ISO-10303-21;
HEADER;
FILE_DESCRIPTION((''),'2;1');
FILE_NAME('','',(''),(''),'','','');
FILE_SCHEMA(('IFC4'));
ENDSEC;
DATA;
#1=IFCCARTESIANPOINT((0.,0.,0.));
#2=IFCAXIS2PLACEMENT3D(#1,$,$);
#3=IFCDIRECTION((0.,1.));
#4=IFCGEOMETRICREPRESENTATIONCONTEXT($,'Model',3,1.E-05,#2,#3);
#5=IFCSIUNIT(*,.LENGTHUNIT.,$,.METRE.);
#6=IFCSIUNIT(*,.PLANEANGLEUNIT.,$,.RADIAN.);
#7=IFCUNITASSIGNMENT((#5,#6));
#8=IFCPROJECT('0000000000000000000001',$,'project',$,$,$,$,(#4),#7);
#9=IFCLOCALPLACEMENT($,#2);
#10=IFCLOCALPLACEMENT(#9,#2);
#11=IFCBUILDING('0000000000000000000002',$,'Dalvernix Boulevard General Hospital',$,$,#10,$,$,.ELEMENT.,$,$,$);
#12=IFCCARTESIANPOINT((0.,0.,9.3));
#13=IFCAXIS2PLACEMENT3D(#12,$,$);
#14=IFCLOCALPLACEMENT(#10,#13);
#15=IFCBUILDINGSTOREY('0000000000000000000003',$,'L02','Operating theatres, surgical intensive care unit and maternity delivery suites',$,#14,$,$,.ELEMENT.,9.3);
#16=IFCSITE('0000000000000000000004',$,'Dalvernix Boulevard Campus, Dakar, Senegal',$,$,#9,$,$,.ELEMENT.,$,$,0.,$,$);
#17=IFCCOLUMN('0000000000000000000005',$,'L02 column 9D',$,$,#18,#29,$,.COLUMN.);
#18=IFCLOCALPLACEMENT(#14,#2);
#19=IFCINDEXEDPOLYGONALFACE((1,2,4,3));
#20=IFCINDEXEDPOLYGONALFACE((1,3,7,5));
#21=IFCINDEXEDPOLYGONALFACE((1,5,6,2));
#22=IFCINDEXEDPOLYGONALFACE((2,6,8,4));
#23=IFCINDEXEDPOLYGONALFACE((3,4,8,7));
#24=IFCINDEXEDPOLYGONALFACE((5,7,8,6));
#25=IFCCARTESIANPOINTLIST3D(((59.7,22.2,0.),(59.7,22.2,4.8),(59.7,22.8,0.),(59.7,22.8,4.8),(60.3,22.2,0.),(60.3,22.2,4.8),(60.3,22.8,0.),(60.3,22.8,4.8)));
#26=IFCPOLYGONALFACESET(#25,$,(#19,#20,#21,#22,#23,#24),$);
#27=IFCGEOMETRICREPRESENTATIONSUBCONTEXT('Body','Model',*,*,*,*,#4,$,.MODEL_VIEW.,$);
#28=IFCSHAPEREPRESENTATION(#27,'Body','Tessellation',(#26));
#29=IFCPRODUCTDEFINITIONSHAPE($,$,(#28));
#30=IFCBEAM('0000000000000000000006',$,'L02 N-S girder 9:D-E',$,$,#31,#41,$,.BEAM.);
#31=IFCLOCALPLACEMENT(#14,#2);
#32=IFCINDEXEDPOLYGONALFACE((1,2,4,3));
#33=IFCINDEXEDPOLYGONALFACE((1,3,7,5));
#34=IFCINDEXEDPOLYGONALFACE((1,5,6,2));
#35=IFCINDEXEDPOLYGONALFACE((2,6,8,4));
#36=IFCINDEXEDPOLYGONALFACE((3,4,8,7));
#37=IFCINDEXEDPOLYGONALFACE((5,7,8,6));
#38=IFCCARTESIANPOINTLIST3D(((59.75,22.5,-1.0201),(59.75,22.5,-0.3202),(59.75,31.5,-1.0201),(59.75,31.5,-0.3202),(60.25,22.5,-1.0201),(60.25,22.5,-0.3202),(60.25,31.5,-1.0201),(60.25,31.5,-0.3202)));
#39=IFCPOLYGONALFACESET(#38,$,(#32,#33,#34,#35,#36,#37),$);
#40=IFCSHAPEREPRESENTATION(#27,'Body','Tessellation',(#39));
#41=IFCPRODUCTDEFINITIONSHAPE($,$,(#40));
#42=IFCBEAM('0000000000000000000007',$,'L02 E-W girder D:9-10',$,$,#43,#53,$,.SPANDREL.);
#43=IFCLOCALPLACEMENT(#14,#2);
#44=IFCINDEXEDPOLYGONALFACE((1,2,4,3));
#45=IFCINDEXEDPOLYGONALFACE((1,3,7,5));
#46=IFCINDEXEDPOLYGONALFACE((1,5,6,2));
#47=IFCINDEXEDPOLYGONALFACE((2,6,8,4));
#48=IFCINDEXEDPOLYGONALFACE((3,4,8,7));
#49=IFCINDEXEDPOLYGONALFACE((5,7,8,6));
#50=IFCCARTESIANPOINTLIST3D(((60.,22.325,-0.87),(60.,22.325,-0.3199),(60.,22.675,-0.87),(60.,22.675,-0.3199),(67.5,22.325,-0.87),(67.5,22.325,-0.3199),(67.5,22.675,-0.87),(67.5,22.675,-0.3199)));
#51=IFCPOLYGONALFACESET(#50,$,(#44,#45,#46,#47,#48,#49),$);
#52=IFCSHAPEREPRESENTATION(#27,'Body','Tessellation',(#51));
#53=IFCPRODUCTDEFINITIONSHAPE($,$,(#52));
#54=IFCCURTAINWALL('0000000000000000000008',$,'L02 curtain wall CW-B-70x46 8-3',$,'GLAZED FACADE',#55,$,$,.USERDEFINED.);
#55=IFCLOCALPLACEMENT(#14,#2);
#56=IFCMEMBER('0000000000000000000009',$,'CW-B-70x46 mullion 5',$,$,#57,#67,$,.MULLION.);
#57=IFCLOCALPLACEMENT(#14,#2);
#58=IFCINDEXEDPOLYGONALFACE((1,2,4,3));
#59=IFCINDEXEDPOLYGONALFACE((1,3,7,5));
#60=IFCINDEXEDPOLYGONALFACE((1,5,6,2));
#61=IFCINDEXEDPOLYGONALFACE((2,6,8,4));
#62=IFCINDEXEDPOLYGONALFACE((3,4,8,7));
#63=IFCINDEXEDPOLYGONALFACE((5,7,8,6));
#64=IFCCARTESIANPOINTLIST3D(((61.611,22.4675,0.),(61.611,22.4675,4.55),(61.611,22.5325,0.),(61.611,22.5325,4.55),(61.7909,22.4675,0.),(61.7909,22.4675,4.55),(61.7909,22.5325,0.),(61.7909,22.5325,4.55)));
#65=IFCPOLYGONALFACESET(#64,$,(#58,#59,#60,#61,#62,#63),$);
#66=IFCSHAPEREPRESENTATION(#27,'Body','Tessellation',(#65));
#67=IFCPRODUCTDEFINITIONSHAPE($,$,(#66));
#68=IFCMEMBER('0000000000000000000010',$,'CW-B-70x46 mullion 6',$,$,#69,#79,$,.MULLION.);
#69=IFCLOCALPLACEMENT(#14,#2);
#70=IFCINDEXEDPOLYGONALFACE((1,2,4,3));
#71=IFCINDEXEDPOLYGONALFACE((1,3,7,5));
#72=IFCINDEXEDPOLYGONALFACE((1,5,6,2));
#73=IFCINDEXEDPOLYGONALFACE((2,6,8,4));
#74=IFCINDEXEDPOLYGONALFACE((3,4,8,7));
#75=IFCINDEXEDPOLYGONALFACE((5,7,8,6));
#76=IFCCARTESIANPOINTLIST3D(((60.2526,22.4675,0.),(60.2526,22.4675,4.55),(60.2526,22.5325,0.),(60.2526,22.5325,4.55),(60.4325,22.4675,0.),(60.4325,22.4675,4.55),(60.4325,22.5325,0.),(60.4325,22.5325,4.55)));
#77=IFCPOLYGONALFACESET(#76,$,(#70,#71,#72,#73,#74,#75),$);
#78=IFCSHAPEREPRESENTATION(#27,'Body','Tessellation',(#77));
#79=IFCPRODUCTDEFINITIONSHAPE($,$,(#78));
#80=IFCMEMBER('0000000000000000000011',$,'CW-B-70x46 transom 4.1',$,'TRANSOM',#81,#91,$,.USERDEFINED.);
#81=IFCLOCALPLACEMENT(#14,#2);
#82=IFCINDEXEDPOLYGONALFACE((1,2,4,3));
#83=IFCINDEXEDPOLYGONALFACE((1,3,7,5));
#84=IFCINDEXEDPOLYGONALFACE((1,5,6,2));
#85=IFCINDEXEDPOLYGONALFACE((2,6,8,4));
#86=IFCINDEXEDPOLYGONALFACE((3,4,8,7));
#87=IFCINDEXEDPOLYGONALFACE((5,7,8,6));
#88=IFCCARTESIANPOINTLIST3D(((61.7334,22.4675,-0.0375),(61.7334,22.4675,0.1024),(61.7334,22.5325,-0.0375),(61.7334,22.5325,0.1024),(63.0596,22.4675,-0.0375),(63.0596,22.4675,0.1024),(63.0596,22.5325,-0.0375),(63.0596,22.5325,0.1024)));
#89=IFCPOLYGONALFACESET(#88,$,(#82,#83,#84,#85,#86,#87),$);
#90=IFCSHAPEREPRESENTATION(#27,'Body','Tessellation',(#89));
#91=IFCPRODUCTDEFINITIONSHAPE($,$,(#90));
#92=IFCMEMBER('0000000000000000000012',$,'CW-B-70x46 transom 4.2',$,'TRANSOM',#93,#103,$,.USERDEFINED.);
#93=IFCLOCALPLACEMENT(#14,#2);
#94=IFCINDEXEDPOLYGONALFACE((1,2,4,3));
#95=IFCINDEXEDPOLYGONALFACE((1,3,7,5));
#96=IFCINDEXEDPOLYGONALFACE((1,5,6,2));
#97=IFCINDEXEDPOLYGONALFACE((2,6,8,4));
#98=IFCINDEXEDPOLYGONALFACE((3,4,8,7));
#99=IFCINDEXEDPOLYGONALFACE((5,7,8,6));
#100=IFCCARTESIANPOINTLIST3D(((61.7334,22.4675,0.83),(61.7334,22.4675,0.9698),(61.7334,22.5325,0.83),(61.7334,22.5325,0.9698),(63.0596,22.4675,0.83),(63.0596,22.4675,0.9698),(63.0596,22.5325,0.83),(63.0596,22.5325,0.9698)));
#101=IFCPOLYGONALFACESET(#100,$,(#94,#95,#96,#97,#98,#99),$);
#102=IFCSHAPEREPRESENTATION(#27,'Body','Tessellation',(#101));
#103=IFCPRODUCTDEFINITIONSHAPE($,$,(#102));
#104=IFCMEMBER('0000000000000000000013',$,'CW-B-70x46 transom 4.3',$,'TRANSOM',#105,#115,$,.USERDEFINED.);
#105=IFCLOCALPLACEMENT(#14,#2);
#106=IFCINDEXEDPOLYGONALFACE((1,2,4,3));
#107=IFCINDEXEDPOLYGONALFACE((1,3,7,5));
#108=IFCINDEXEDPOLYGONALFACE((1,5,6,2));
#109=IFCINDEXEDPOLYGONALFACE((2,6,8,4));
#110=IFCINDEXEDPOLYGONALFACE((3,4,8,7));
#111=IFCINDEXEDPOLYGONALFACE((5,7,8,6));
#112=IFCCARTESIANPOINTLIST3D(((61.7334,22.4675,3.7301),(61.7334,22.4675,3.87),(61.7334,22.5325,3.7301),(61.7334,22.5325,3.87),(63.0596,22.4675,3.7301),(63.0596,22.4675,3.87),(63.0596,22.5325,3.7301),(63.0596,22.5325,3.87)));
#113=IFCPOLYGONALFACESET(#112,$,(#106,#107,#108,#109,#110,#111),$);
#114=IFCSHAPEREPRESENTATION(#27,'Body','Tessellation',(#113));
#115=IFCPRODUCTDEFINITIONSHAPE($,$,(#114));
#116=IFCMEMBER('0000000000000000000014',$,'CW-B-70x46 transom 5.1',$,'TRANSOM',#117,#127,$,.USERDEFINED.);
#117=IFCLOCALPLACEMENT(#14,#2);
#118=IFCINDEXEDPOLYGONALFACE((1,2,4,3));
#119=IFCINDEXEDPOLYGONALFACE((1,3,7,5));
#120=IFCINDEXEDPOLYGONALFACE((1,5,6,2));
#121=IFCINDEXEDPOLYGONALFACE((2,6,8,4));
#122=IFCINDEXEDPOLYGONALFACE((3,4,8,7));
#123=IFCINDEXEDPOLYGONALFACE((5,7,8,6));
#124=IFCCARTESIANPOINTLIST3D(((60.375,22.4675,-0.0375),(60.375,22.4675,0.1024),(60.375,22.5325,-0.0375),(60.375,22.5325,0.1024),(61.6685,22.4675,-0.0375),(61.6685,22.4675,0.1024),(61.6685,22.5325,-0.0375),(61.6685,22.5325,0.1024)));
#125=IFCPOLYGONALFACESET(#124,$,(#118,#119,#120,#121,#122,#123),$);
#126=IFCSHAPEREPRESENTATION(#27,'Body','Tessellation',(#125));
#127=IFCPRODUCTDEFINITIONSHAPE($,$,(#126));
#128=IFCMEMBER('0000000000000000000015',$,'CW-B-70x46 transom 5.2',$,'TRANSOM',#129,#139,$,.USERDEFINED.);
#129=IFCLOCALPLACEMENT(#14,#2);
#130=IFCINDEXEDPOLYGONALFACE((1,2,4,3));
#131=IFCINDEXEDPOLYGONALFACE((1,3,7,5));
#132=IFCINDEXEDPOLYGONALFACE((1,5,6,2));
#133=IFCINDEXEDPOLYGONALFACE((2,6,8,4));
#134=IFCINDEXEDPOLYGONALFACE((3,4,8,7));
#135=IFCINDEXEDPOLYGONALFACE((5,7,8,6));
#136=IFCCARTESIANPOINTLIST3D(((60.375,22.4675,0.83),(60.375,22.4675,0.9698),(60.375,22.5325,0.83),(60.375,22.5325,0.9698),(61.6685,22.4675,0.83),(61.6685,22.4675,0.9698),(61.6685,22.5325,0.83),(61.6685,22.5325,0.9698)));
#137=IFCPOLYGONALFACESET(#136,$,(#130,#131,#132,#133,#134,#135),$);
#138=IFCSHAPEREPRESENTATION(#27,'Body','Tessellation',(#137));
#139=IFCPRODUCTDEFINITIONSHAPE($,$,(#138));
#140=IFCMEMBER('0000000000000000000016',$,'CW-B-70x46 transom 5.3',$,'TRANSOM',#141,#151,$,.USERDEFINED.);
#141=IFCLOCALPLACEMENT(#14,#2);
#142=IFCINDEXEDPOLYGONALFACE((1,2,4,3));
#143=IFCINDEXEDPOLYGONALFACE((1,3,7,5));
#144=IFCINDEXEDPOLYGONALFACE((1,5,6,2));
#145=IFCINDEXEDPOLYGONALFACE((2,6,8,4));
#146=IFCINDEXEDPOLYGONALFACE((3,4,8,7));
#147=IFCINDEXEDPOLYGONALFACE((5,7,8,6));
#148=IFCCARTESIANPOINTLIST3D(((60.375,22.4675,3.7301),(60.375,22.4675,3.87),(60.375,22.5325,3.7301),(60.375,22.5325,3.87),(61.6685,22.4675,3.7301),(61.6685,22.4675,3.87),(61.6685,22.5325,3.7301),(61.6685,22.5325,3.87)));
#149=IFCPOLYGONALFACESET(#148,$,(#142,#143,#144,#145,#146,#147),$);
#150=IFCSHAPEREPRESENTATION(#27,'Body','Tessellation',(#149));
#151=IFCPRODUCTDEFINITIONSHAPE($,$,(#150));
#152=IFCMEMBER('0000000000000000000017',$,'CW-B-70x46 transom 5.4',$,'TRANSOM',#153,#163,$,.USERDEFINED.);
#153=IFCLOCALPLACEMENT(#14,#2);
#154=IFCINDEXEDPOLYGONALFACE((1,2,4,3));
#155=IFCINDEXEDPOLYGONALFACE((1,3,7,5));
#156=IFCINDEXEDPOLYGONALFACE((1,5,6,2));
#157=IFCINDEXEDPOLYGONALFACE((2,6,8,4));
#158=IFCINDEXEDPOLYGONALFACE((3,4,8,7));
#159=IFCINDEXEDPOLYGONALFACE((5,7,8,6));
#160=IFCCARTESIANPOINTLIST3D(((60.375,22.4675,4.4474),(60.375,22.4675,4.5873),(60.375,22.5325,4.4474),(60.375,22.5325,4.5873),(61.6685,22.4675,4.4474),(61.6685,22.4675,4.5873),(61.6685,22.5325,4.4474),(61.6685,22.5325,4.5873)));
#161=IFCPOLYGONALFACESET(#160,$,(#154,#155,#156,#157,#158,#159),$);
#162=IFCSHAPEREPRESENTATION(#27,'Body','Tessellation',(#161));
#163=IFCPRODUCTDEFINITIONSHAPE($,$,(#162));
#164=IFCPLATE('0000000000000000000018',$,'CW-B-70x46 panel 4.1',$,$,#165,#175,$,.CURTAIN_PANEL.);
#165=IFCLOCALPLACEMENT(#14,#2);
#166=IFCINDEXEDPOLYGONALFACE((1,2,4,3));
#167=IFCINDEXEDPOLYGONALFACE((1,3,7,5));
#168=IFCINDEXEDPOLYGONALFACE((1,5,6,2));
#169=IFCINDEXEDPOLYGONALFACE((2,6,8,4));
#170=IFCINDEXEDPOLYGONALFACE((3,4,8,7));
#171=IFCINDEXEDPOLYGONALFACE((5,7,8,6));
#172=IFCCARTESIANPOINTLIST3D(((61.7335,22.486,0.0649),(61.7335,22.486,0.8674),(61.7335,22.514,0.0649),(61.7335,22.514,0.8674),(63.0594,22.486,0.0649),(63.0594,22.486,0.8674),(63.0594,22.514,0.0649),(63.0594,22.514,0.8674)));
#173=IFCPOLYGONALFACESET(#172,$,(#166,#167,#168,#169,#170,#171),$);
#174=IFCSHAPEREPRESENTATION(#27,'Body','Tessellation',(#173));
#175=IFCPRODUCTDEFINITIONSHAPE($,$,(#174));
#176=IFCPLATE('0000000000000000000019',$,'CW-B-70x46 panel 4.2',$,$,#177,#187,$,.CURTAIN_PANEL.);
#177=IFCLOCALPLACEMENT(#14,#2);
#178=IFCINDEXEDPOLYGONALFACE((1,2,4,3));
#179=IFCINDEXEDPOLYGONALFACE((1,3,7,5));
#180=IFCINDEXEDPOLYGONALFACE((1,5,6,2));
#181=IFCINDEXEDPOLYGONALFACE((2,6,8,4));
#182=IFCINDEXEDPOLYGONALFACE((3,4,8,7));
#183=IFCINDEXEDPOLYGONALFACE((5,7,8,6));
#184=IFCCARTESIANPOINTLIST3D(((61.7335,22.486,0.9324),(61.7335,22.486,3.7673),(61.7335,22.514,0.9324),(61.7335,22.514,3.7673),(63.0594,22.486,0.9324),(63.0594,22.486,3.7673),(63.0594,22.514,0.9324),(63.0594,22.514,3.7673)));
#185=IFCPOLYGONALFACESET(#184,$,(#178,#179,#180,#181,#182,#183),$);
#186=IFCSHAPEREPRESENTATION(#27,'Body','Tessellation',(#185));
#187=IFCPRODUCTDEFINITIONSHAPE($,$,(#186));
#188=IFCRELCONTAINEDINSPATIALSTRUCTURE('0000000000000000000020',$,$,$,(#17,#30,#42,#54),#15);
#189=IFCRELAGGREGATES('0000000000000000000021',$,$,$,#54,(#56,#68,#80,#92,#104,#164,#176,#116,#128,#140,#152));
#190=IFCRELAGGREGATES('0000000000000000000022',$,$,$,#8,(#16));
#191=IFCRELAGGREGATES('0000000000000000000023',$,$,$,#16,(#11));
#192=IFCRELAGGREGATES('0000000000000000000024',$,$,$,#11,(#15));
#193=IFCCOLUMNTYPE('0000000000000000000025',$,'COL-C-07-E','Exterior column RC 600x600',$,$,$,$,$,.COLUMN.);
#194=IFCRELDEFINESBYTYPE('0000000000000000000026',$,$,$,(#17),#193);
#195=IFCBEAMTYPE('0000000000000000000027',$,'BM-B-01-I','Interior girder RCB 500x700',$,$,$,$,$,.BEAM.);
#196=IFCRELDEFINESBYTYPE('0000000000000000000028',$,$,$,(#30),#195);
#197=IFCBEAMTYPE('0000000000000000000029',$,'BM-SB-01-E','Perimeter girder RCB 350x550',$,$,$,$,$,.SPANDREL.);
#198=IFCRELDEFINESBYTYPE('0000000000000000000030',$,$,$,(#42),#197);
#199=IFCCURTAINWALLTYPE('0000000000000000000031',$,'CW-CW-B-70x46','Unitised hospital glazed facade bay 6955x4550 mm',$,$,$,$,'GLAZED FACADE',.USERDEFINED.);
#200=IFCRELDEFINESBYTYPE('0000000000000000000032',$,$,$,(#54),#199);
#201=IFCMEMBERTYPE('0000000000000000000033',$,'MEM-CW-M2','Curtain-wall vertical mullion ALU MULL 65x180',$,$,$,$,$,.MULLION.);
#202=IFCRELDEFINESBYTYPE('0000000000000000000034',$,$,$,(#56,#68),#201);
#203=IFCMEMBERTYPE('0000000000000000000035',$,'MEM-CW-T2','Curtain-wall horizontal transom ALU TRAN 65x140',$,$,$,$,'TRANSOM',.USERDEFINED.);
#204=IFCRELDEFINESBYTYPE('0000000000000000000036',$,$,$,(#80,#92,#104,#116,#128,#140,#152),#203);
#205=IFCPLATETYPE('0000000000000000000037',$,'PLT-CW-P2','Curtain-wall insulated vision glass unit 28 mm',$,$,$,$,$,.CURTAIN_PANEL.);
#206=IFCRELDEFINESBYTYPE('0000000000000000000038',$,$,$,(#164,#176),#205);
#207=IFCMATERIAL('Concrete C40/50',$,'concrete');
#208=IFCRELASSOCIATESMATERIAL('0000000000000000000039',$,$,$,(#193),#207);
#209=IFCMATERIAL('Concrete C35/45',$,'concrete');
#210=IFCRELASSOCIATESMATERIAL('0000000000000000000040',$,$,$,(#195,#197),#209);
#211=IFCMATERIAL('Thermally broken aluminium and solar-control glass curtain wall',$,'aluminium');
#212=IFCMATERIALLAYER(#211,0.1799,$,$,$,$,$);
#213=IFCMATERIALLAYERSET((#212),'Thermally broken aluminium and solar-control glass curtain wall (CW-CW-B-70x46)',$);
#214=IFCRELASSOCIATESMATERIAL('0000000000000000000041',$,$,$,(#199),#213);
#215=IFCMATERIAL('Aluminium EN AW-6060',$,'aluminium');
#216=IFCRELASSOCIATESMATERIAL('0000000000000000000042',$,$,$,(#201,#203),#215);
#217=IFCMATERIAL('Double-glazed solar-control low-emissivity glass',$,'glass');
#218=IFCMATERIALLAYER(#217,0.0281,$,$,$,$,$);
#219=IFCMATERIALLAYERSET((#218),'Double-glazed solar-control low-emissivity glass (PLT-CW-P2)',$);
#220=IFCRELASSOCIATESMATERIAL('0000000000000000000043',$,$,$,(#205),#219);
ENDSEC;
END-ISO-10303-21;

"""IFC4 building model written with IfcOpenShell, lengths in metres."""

from ifc_helpers import new_model, si_unit, direction, frame, origin, origin_2d, place, context, subcontext, project, spatial, rectangle, extrude, material, layer, layer_set, material_profile, profile_set, type_object, element, aggregate, save


model = new_model("IFC4")

# Units and contexts
model_context = context("Model", 3, precision=1e-05, world=origin(), true_north=direction((0.0, 1.0)))
body_context = subcontext(model_context, "Body", "Model", "MODEL_VIEW")
ifc_project = project(units=[si_unit("LENGTHUNIT", "METRE"), si_unit("PLANEANGLEUNIT", "RADIAN")], contexts=[model_context])

# Site, building, storey
site_placement = place(None, origin())
site = spatial("IfcSite", under=ifc_project, at=site_placement, Name="Dalvernix Boulevard Campus, Dakar, Senegal", CompositionType="ELEMENT", RefElevation=0.0)
building_placement = place(site_placement, origin())
building = spatial("IfcBuilding", under=site, at=building_placement, Name="Dalvernix Boulevard General Hospital", CompositionType="ELEMENT")
storey_placement = place(building_placement, frame((0.0, 0.0, 9.3)))
storey = spatial("IfcBuildingStorey", under=building, at=storey_placement, Name="L02", Description="Operating theatres, surgical intensive care unit and maternity delivery suites", CompositionType="ELEMENT", Elevation=9.3)

# Column
ifc_material_1 = material(Name="Concrete C40/50", Category="concrete")
ifc_material_profile_1 = material_profile(ifc_material_1, rectangle(XDim=0.6001, YDim=0.6001, at=origin_2d()), Name="RC 600x600")
ifc_profile_set_1 = profile_set([ifc_material_profile_1], Name="Concrete C40/50")
column_type = type_object("IfcColumnType", Name="COL-C-07-E", Description="Exterior column RC 600x600", PredefinedType="COLUMN", material=ifc_profile_set_1)
column_placement = place(storey_placement, frame((60.0, 22.5, 0.0), z_axis=(0.0, 0.0, 1.0), x_axis=(1.0, 0.0, 0.0)))
element("IfcColumn", 1, at=column_placement, inside=storey, type_object=column_type, Name="L02 column 9D", PredefinedType="COLUMN", context=body_context, shape_type="SweptSolid", body=[
    extrude(rectangle(XDim=0.6001, YDim=0.6001, at=origin_2d()), origin(), (0.0, 0.0, 1.0), 4.8),
])

# Beams
ifc_material_2 = material(Name="Concrete C35/45", Category="concrete")
ifc_material_profile_2 = material_profile(ifc_material_2, rectangle(XDim=0.5, YDim=0.7, at=origin_2d()), Name="RCB 500x700")
ifc_profile_set_2 = profile_set([ifc_material_profile_2], Name="Concrete C35/45")
beam_type_1 = type_object("IfcBeamType", Name="BM-B-01-I", Description="Interior girder RCB 500x700", PredefinedType="BEAM", material=ifc_profile_set_2)
beam_1_placement = place(storey_placement, frame((60.0, 22.5, -0.6702), z_axis=(0.0, 1.0, 0.0), x_axis=(-1.0, 0.0, 0.0)))
element("IfcBeam", 2, at=beam_1_placement, inside=storey, type_object=beam_type_1, Name="L02 N-S girder 9:D-E", PredefinedType="BEAM", context=body_context, shape_type="SweptSolid", body=[
    extrude(rectangle(XDim=0.5, YDim=0.7, at=origin_2d()), origin(), (0.0, 0.0, 1.0), 9.0),
])
ifc_material_profile_3 = material_profile(ifc_material_2, rectangle(XDim=0.3501, YDim=0.55, at=origin_2d()), Name="RCB 350x550")
ifc_profile_set_3 = profile_set([ifc_material_profile_3], Name="Concrete C35/45")
beam_type_2 = type_object("IfcBeamType", Name="BM-SB-01-E", Description="Perimeter girder RCB 350x550", PredefinedType="SPANDREL", material=ifc_profile_set_3)
beam_2_placement = place(storey_placement, frame((60.0, 22.5, -0.595), z_axis=(1.0, 0.0, 0.0), x_axis=(0.0, 1.0, 0.0)))
element("IfcBeam", 3, at=beam_2_placement, inside=storey, type_object=beam_type_2, Name="L02 E-W girder D:9-10", PredefinedType="SPANDREL", context=body_context, shape_type="SweptSolid", body=[
    extrude(rectangle(XDim=0.3501, YDim=0.55, at=origin_2d()), origin(), (0.0, 0.0, 1.0), 7.5),
])

# Curtain wall, members, plates
ifc_material_3 = material(Name="Thermally broken aluminium and solar-control glass curtain wall", Category="aluminium")
ifc_layer_1 = layer(ifc_material_3, 0.1799)
ifc_layer_set_1 = layer_set([ifc_layer_1], Name="Thermally broken aluminium and solar-control glass curtain wall (CW-CW-B-70x46)")
curtain_wall_type = type_object("IfcCurtainWallType", Name="CW-CW-B-70x46", Description="Unitised hospital glazed facade bay 6955x4550 mm", ElementType="GLAZED FACADE", PredefinedType="USERDEFINED", material=ifc_layer_set_1)
curtain_wall_placement = place(storey_placement, origin())
curtain_wall = element("IfcCurtainWall", 4, at=curtain_wall_placement, inside=storey, type_object=curtain_wall_type, Name="L02 curtain wall CW-B-70x46 8-3", ObjectType="GLAZED FACADE", PredefinedType="USERDEFINED")
ifc_material_4 = material(Name="Aluminium EN AW-6060", Category="aluminium")
ifc_material_profile_4 = material_profile(ifc_material_4, rectangle(XDim=0.0649, YDim=0.1799, at=origin_2d()), Name="ALU MULL 65x180")
ifc_profile_set_4 = profile_set([ifc_material_profile_4], Name="Aluminium EN AW-6060")
member_type_1 = type_object("IfcMemberType", Name="MEM-CW-M2", Description="Curtain-wall vertical mullion ALU MULL 65x180", PredefinedType="MULLION", material=ifc_profile_set_4)
member_1_placement = place(storey_placement, frame((61.7009, 22.5, 0.0), z_axis=(0.0, 0.0, 1.0), x_axis=(0.0, -1.0, 0.0)))
member_1 = element("IfcMember", 5, at=member_1_placement, type_object=member_type_1, Name="CW-B-70x46 mullion 5", PredefinedType="MULLION", context=body_context, shape_type="SweptSolid", body=[
    extrude(rectangle(XDim=0.0649, YDim=0.1799, at=origin_2d()), origin(), (0.0, 0.0, 1.0), 4.55),
])
member_2_placement = place(storey_placement, frame((60.3425, 22.5, 0.0), z_axis=(0.0, 0.0, 1.0), x_axis=(0.0, -1.0, 0.0)))
member_2 = element("IfcMember", 6, at=member_2_placement, type_object=member_type_1, Name="CW-B-70x46 mullion 6", PredefinedType="MULLION", context=body_context, shape_type="SweptSolid", body=[
    extrude(rectangle(XDim=0.0649, YDim=0.1799, at=origin_2d()), origin(), (0.0, 0.0, 1.0), 4.55),
])
ifc_material_profile_5 = material_profile(ifc_material_4, rectangle(XDim=0.0649, YDim=0.1399, at=origin_2d()), Name="ALU TRAN 65x140")
ifc_profile_set_5 = profile_set([ifc_material_profile_5], Name="Aluminium EN AW-6060")
member_type_2 = type_object("IfcMemberType", Name="MEM-CW-T2", Description="Curtain-wall horizontal transom ALU TRAN 65x140", ElementType="TRANSOM", PredefinedType="USERDEFINED", material=ifc_profile_set_5)
member_3_placement = place(storey_placement, frame((63.0596, 22.5, 0.0325), z_axis=(-1.0, 0.0, 0.0), x_axis=(0.0, -1.0, 0.0)))
member_3 = element("IfcMember", 7, at=member_3_placement, type_object=member_type_2, Name="CW-B-70x46 transom 4.1", ObjectType="TRANSOM", PredefinedType="USERDEFINED", context=body_context, shape_type="SweptSolid", body=[
    extrude(rectangle(XDim=0.0649, YDim=0.1399, at=origin_2d()), origin(), (0.0, 0.0, 1.0), 1.3262),
])
member_4_placement = place(storey_placement, frame((63.0596, 22.5, 0.8999), z_axis=(-1.0, 0.0, 0.0), x_axis=(0.0, -1.0, 0.0)))
member_4 = element("IfcMember", 8, at=member_4_placement, type_object=member_type_2, Name="CW-B-70x46 transom 4.2", ObjectType="TRANSOM", PredefinedType="USERDEFINED", context=body_context, shape_type="SweptSolid", body=[
    extrude(rectangle(XDim=0.0649, YDim=0.1399, at=origin_2d()), origin(), (0.0, 0.0, 1.0), 1.3262),
])
member_5_placement = place(storey_placement, frame((63.0596, 22.5, 3.8), z_axis=(-1.0, 0.0, 0.0), x_axis=(0.0, -1.0, 0.0)))
member_5 = element("IfcMember", 9, at=member_5_placement, type_object=member_type_2, Name="CW-B-70x46 transom 4.3", ObjectType="TRANSOM", PredefinedType="USERDEFINED", context=body_context, shape_type="SweptSolid", body=[
    extrude(rectangle(XDim=0.0649, YDim=0.1399, at=origin_2d()), origin(), (0.0, 0.0, 1.0), 1.3262),
])
member_6_placement = place(storey_placement, frame((61.6685, 22.5, 0.0325), z_axis=(-1.0, 0.0, 0.0), x_axis=(0.0, -1.0, 0.0)))
member_6 = element("IfcMember", 10, at=member_6_placement, type_object=member_type_2, Name="CW-B-70x46 transom 5.1", ObjectType="TRANSOM", PredefinedType="USERDEFINED", context=body_context, shape_type="SweptSolid", body=[
    extrude(rectangle(XDim=0.0649, YDim=0.1399, at=origin_2d()), origin(), (0.0, 0.0, 1.0), 1.2935),
])
member_7_placement = place(storey_placement, frame((61.6685, 22.5, 0.8999), z_axis=(-1.0, 0.0, 0.0), x_axis=(0.0, -1.0, 0.0)))
member_7 = element("IfcMember", 11, at=member_7_placement, type_object=member_type_2, Name="CW-B-70x46 transom 5.2", ObjectType="TRANSOM", PredefinedType="USERDEFINED", context=body_context, shape_type="SweptSolid", body=[
    extrude(rectangle(XDim=0.0649, YDim=0.1399, at=origin_2d()), origin(), (0.0, 0.0, 1.0), 1.2935),
])
member_8_placement = place(storey_placement, frame((61.6685, 22.5, 3.8), z_axis=(-1.0, 0.0, 0.0), x_axis=(0.0, -1.0, 0.0)))
member_8 = element("IfcMember", 12, at=member_8_placement, type_object=member_type_2, Name="CW-B-70x46 transom 5.3", ObjectType="TRANSOM", PredefinedType="USERDEFINED", context=body_context, shape_type="SweptSolid", body=[
    extrude(rectangle(XDim=0.0649, YDim=0.1399, at=origin_2d()), origin(), (0.0, 0.0, 1.0), 1.2935),
])
member_9_placement = place(storey_placement, frame((61.6685, 22.5, 4.5173), z_axis=(-1.0, 0.0, 0.0), x_axis=(0.0, -1.0, 0.0)))
member_9 = element("IfcMember", 13, at=member_9_placement, type_object=member_type_2, Name="CW-B-70x46 transom 5.4", ObjectType="TRANSOM", PredefinedType="USERDEFINED", context=body_context, shape_type="SweptSolid", body=[
    extrude(rectangle(XDim=0.0649, YDim=0.1399, at=origin_2d()), origin(), (0.0, 0.0, 1.0), 1.2935),
])
ifc_material_5 = material(Name="Double-glazed solar-control low-emissivity glass", Category="glass")
ifc_layer_2 = layer(ifc_material_5, 0.0281)
ifc_layer_set_2 = layer_set([ifc_layer_2], Name="Double-glazed solar-control low-emissivity glass (PLT-CW-P2)")
plate_type = type_object("IfcPlateType", Name="PLT-CW-P2", Description="Curtain-wall insulated vision glass unit 28 mm", PredefinedType="CURTAIN_PANEL", material=ifc_layer_set_2)
plate_1_placement = place(storey_placement, frame((62.3965, 22.5, 0.0649), z_axis=(0.0, 0.0, 1.0), x_axis=(-1.0, 0.0, 0.0)))
plate_1 = element("IfcPlate", 14, at=plate_1_placement, type_object=plate_type, Name="CW-B-70x46 panel 4.1", PredefinedType="CURTAIN_PANEL", context=body_context, shape_type="SweptSolid", body=[
    extrude(rectangle(XDim=1.3259, YDim=0.0281, at=origin_2d()), origin(), (0.0, 0.0, 1.0), 0.8025),
])
plate_2_placement = place(storey_placement, frame((62.3965, 22.5, 0.9324), z_axis=(0.0, 0.0, 1.0), x_axis=(-1.0, 0.0, 0.0)))
plate_2 = element("IfcPlate", 15, at=plate_2_placement, type_object=plate_type, Name="CW-B-70x46 panel 4.2", PredefinedType="CURTAIN_PANEL", context=body_context, shape_type="SweptSolid", body=[
    extrude(rectangle(XDim=1.3259, YDim=0.0281, at=origin_2d()), origin(), (0.0, 0.0, 1.0), 2.835),
])
aggregate(curtain_wall, [member_1, member_2, member_3, member_4, member_5, plate_1, plate_2, member_6, member_7, member_8, member_9])

save(model, "model.ifc")
